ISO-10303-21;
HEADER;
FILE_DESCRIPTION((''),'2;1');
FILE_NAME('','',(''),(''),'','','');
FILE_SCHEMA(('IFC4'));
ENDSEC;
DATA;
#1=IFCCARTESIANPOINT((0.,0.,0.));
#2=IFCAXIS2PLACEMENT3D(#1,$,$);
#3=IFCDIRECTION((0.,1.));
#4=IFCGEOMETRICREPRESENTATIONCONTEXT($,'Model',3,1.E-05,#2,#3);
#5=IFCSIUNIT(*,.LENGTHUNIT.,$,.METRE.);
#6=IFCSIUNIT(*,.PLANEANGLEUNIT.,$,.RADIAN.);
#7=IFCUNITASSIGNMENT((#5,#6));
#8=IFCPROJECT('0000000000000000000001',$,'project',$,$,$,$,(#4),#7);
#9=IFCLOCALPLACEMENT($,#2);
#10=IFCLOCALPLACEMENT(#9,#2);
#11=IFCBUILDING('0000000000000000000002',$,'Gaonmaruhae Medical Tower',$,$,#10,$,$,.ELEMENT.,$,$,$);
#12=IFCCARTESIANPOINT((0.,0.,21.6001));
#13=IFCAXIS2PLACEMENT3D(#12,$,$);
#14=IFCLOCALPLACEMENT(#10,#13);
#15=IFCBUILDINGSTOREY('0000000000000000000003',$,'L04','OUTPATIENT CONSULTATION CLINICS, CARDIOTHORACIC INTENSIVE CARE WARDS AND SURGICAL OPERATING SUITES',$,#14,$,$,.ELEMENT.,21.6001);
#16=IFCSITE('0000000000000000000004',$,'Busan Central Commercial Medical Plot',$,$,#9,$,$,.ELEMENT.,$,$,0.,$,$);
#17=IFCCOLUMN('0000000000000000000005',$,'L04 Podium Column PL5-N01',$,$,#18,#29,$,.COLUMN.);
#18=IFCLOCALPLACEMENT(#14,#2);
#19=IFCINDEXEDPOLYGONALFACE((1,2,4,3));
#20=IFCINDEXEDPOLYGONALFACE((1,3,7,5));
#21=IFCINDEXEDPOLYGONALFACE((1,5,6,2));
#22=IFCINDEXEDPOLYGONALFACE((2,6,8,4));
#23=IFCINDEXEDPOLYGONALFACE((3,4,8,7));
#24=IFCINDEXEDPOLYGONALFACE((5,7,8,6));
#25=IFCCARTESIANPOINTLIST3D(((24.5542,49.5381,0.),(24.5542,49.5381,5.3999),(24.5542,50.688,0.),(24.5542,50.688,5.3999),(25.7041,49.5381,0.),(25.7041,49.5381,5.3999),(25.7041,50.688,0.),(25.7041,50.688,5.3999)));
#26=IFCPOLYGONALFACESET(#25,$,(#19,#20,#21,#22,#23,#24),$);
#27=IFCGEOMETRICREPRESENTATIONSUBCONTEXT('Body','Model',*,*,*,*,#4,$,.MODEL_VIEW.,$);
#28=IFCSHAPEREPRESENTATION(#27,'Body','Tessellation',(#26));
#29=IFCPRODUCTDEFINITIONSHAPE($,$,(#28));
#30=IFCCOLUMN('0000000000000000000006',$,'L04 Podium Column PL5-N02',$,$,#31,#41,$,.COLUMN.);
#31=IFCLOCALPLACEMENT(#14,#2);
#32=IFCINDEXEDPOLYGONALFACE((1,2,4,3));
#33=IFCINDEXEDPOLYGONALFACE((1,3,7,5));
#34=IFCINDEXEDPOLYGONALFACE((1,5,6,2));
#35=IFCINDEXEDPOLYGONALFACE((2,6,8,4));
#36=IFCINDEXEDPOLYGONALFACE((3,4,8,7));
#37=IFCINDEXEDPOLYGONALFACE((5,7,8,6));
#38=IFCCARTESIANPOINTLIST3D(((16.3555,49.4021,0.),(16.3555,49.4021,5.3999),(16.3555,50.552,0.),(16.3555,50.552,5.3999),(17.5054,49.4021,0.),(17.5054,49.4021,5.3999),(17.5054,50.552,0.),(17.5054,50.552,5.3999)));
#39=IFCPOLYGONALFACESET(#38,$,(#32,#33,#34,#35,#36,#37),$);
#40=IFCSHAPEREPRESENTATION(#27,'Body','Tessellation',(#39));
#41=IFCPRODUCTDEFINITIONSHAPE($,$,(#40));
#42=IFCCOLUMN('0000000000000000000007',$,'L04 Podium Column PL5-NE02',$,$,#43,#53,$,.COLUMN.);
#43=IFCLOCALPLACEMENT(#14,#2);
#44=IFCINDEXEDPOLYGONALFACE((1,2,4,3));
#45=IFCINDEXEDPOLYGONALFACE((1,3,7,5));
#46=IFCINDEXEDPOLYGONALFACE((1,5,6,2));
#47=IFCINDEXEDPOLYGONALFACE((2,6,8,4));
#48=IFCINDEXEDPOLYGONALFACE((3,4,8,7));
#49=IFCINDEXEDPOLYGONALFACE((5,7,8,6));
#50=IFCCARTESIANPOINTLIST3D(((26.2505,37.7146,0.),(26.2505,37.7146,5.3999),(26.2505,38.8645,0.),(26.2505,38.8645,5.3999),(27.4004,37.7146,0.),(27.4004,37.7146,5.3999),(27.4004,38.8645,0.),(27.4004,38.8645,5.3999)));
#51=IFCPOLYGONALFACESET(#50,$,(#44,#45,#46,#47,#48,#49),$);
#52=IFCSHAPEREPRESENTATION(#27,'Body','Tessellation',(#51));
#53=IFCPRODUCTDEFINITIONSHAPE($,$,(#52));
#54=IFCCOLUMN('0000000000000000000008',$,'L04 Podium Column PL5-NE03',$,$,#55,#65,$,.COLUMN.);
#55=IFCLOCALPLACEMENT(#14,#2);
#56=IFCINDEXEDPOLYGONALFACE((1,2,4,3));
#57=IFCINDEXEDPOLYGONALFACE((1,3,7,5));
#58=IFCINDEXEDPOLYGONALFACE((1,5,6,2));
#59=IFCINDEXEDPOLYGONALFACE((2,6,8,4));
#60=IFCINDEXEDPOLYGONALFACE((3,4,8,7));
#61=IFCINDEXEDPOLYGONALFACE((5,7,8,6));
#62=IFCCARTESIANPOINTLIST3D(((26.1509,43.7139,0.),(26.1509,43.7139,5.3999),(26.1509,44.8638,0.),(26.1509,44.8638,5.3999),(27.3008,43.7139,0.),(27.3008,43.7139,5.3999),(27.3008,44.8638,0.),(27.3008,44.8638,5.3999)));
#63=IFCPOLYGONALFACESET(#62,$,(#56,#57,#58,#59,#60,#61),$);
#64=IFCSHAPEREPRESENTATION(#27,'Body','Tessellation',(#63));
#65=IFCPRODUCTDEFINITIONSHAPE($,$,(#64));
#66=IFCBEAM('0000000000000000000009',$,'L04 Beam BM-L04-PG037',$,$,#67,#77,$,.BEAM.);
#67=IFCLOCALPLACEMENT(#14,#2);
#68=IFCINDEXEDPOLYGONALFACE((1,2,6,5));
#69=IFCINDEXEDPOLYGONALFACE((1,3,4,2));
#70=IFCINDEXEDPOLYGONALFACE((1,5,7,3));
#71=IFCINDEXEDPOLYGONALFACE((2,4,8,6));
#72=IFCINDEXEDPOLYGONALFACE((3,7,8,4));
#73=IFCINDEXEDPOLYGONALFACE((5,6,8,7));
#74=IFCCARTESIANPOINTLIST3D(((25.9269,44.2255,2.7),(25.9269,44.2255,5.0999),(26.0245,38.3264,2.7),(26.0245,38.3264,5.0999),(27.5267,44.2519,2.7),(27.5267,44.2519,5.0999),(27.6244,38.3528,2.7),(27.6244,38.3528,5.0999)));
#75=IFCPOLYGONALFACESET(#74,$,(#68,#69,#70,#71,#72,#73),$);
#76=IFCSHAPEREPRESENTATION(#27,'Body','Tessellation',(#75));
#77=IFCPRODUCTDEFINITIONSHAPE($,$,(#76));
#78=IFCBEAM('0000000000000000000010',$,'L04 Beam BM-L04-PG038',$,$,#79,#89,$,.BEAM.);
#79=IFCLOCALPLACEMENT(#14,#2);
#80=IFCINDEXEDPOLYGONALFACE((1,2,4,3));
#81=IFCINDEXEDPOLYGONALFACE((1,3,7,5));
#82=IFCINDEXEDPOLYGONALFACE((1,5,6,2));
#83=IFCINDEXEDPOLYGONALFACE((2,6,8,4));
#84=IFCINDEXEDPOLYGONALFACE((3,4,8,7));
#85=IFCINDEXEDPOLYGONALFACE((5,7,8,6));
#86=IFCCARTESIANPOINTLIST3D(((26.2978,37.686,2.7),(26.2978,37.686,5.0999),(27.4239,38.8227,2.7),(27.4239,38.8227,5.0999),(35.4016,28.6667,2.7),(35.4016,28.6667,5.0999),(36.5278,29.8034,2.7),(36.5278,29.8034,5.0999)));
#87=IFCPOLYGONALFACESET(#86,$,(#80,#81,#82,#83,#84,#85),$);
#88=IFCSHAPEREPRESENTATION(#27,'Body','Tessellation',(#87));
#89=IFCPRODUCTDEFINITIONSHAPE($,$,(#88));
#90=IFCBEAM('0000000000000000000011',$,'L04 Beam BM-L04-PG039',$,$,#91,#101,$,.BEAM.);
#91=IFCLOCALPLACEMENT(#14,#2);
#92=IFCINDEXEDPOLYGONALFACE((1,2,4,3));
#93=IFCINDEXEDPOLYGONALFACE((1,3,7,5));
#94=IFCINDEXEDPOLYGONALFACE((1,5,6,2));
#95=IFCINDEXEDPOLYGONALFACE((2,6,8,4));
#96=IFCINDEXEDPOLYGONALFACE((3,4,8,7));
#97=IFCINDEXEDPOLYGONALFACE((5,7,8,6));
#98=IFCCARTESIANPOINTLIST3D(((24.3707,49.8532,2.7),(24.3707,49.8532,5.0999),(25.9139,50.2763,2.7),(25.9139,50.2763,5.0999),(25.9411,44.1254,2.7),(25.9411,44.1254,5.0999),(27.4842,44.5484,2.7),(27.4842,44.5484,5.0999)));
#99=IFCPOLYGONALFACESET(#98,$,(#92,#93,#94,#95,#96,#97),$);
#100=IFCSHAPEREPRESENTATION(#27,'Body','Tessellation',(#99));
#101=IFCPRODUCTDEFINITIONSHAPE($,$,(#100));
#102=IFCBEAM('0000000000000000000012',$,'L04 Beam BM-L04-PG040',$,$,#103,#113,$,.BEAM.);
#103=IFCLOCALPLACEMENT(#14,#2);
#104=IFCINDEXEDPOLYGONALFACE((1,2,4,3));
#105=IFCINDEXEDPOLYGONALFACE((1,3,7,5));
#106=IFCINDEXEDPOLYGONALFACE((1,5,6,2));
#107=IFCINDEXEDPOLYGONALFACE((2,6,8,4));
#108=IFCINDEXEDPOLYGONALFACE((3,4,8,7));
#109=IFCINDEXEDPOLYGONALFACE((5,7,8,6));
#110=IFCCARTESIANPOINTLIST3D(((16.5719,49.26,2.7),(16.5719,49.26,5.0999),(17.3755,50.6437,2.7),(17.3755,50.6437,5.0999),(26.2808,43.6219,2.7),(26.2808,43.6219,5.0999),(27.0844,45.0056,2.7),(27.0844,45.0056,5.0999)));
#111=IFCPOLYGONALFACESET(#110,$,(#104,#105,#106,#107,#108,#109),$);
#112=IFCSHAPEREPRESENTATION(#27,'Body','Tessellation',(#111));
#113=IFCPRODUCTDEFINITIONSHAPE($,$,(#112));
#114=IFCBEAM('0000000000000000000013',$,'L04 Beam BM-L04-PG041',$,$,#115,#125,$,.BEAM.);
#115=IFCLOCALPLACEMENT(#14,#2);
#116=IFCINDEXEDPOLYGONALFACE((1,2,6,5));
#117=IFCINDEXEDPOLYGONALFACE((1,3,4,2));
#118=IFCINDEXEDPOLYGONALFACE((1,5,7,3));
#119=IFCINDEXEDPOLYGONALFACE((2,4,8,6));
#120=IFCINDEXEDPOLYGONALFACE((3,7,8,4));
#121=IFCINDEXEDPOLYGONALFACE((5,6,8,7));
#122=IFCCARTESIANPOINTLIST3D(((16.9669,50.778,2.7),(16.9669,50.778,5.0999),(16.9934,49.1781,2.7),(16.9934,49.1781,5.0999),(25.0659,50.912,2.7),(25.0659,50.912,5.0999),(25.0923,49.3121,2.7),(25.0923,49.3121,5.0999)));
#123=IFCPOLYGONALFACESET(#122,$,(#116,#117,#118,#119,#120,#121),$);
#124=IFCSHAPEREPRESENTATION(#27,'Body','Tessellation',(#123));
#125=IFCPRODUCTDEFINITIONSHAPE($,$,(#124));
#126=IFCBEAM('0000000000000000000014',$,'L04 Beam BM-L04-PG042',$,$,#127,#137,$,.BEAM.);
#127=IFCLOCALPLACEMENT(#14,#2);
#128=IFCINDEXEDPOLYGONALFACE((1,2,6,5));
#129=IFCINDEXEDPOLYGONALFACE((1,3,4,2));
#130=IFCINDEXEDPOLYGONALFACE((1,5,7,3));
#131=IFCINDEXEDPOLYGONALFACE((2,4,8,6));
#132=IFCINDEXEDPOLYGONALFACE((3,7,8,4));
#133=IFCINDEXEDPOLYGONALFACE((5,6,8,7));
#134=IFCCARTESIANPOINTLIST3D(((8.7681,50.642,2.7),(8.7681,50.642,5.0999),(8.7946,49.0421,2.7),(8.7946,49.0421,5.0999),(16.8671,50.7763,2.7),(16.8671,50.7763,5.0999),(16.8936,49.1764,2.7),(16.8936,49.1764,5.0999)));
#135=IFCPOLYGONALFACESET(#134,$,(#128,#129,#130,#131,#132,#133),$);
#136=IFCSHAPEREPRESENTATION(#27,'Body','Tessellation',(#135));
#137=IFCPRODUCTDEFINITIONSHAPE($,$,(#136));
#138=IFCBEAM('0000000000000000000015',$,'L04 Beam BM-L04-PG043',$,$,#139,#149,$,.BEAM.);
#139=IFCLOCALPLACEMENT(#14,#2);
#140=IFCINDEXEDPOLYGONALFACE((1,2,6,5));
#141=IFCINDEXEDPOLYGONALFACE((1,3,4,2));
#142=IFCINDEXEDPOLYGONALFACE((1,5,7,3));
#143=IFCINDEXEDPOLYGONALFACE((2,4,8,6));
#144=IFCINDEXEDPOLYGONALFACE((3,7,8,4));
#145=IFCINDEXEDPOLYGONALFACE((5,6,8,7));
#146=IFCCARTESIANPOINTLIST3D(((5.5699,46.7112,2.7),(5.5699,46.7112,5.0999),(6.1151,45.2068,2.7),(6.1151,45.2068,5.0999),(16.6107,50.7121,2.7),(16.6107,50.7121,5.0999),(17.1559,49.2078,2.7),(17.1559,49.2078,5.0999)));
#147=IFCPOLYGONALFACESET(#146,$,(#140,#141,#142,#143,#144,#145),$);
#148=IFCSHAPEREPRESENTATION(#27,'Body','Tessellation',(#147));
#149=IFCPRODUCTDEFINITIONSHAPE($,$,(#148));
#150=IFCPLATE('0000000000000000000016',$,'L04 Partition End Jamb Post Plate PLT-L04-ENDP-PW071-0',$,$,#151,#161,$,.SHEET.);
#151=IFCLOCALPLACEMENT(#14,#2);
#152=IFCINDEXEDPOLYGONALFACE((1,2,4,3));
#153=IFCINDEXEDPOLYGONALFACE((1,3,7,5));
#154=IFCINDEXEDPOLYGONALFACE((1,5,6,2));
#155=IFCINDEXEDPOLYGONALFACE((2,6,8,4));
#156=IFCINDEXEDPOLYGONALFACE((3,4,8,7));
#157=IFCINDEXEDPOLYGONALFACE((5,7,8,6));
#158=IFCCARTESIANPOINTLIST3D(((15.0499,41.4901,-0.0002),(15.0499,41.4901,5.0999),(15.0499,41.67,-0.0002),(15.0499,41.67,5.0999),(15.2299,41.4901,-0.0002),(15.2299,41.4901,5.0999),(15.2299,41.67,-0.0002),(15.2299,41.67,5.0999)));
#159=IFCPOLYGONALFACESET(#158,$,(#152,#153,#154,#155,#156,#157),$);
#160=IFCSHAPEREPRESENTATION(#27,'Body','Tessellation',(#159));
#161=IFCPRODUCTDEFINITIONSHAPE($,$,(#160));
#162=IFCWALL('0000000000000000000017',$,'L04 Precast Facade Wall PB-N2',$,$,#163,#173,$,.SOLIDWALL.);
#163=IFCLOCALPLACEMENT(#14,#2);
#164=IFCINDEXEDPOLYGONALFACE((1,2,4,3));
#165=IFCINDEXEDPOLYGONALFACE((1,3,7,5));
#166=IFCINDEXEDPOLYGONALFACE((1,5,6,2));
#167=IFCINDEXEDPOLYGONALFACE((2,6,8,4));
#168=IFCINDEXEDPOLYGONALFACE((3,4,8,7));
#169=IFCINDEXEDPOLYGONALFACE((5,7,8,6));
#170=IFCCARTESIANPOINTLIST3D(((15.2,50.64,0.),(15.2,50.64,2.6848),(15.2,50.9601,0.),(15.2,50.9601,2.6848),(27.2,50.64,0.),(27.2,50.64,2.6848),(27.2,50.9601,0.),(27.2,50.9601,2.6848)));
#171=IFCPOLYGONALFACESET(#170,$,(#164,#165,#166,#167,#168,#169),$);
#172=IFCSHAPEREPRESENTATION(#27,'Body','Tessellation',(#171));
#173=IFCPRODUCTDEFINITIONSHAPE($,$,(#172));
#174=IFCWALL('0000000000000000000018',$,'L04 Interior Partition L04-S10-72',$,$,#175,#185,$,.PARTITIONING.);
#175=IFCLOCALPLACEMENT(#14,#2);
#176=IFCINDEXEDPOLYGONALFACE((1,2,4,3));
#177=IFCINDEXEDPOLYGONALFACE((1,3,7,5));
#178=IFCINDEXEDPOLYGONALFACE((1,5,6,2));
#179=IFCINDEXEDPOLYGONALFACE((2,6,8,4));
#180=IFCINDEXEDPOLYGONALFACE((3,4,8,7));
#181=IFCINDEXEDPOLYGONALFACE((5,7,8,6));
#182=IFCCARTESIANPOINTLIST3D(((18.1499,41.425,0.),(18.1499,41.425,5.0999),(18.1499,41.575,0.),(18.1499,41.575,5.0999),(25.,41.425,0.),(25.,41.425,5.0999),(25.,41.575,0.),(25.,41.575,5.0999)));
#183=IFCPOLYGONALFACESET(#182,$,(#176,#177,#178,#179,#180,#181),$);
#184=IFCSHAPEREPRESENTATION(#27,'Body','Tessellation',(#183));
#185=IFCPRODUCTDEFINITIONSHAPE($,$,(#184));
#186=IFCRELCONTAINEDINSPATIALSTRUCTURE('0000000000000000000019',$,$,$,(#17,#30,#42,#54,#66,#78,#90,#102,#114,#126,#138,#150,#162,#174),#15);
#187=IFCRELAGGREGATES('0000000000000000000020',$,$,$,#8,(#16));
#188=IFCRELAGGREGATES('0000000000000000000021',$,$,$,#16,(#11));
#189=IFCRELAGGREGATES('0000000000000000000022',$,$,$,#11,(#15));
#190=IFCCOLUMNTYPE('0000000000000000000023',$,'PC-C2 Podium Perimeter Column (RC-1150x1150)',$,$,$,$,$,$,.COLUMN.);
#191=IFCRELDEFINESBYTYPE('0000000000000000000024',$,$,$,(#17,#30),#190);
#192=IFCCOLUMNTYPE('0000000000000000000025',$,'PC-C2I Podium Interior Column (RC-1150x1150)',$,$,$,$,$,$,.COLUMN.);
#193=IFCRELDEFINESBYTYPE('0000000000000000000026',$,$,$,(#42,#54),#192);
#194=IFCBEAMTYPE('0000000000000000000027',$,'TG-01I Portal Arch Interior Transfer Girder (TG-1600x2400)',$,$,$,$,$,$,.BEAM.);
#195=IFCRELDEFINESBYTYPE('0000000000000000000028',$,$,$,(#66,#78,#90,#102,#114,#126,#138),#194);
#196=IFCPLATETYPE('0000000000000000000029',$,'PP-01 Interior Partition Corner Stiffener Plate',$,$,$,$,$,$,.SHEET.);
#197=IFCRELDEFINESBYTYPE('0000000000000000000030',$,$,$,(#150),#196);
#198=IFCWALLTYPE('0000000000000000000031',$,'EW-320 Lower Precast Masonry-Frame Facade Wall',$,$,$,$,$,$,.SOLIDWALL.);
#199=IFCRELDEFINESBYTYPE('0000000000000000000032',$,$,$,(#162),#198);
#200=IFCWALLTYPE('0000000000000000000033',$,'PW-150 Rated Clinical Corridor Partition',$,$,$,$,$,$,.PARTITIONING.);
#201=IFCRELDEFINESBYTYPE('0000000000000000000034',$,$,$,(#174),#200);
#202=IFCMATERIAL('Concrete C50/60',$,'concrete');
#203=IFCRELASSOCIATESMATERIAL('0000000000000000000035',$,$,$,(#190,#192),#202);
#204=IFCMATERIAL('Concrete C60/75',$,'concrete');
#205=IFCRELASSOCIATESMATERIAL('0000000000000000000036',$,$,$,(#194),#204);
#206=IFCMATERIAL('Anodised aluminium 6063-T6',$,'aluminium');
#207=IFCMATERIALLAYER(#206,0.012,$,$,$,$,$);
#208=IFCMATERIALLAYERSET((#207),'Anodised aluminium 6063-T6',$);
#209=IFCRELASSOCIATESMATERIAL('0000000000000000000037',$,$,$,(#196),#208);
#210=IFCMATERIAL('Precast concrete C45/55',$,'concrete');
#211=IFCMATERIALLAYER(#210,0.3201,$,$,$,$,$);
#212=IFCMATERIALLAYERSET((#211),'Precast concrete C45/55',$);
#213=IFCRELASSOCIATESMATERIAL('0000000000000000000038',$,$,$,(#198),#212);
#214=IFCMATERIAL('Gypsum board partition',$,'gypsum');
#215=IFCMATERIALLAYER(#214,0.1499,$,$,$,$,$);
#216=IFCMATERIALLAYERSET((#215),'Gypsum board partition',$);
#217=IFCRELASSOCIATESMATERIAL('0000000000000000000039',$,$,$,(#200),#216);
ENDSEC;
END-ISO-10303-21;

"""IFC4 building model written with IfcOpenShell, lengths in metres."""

from ifc_helpers import new_model, si_unit, direction, frame, frame_2d, origin, origin_2d, place, context, subcontext, project, spatial, rectangle, extrude, material, layer, layer_set, material_profile, profile_set, type_object, element, save


model = new_model("IFC4")

# Units and contexts
model_context = context("Model", 3, precision=1e-05, world=origin(), true_north=direction((0.0, 1.0)))
body_context = subcontext(model_context, "Body", "Model", "MODEL_VIEW")
ifc_project = project(units=[si_unit("LENGTHUNIT", "METRE"), si_unit("PLANEANGLEUNIT", "RADIAN")], contexts=[model_context])

# Site, building, storey
site_placement = place(None, origin())
site = spatial("IfcSite", under=ifc_project, at=site_placement, Name="Busan Central Commercial Medical Plot", CompositionType="ELEMENT", RefElevation=0.0)
building_placement = place(site_placement, origin())
building = spatial("IfcBuilding", under=site, at=building_placement, Name="Gaonmaruhae Medical Tower", CompositionType="ELEMENT")
storey_placement = place(building_placement, frame((0.0, 0.0, 21.6001)))
storey = spatial("IfcBuildingStorey", under=building, at=storey_placement, Name="L04", Description="OUTPATIENT CONSULTATION CLINICS, CARDIOTHORACIC INTENSIVE CARE WARDS AND SURGICAL OPERATING SUITES", CompositionType="ELEMENT", Elevation=21.6001)

# Columns
ifc_material_1 = material(Name="Concrete C50/60", Category="concrete")
ifc_material_profile_1 = material_profile(ifc_material_1, rectangle(XDim=1.1499, YDim=1.1499, at=origin_2d()), Name="RC-1150x1150")
ifc_profile_set_1 = profile_set([ifc_material_profile_1], Name="Concrete C50/60")
column_type_1 = type_object("IfcColumnType", Name="PC-C2 Podium Perimeter Column (RC-1150x1150)", PredefinedType="COLUMN", material=ifc_profile_set_1)
for number, where, z_axis, x_axis, name in (
    (1, (25.1292, 50.113, 0.0), (0.0, 0.0, 1.0), (1.0, 0.0, 0.0), "L04 Podium Column PL5-N01"),
    (2, (16.9304, 49.9771, 0.0), (0.0, 0.0, 1.0), (1.0, 0.0, 0.0), "L04 Podium Column PL5-N02"),
):
    element("IfcColumn", number, at=place(storey_placement, frame(where, z_axis=z_axis, x_axis=x_axis)), inside=storey, type_object=column_type_1, Name=name, PredefinedType="COLUMN", context=body_context, shape_type="SweptSolid", body=[
        extrude(rectangle(XDim=1.1499, YDim=1.1499, at=origin_2d()), origin(), (0.0, 0.0, 1.0), 5.3999),
    ])
ifc_material_profile_2 = material_profile(ifc_material_1, rectangle(XDim=1.1499, YDim=1.1499, at=origin_2d()), Name="RC-1150x1150")
ifc_profile_set_2 = profile_set([ifc_material_profile_2], Name="Concrete C50/60")
column_type_2 = type_object("IfcColumnType", Name="PC-C2I Podium Interior Column (RC-1150x1150)", PredefinedType="COLUMN", material=ifc_profile_set_2)
for number, where, z_axis, x_axis, name in (
    (3, (26.8254, 38.2896, 0.0), (0.0, 0.0, 1.0), (1.0, 0.0, 0.0), "L04 Podium Column PL5-NE02"),
    (4, (26.7258, 44.2888, 0.0), (0.0, 0.0, 1.0), (1.0, 0.0, 0.0), "L04 Podium Column PL5-NE03"),
):
    element("IfcColumn", number, at=place(storey_placement, frame(where, z_axis=z_axis, x_axis=x_axis)), inside=storey, type_object=column_type_2, Name=name, PredefinedType="COLUMN", context=body_context, shape_type="SweptSolid", body=[
        extrude(rectangle(XDim=1.1499, YDim=1.1499, at=origin_2d()), origin(), (0.0, 0.0, 1.0), 5.3999),
    ])

# Beams
ifc_material_2 = material(Name="Concrete C60/75", Category="concrete")
ifc_material_profile_3 = material_profile(ifc_material_2, rectangle(XDim=1.6001, YDim=2.3999, at=origin_2d()), Name="TG-1600x2400")
ifc_profile_set_3 = profile_set([ifc_material_profile_3], Name="Concrete C60/75")
beam_type = type_object("IfcBeamType", Name="TG-01I Portal Arch Interior Transfer Girder (TG-1600x2400)", PredefinedType="BEAM", material=ifc_profile_set_3)
beam_1_placement = place(storey_placement, frame((26.8245, 38.3396, 3.8999), z_axis=(-0.016552, 0.999863, 0.0), x_axis=(-0.999863, -0.016552, 0.0)))
element("IfcBeam", 5, at=beam_1_placement, inside=storey, type_object=beam_type, Name="L04 Beam BM-L04-PG037", PredefinedType="BEAM", context=body_context, shape_type="SweptSolid", body=[
    extrude(rectangle(XDim=1.6001, YDim=2.3999, at=origin_2d()), origin(), (0.0, 0.0, 1.0), 5.8999),
])
beam_2_placement = place(storey_placement, frame((26.8608, 38.2544, 3.8999), z_axis=(0.710395, -0.703803, 0.0), x_axis=(0.703803, 0.710395, 0.0)))
element("IfcBeam", 6, at=beam_2_placement, inside=storey, type_object=beam_type, Name="L04 Beam BM-L04-PG038", PredefinedType="BEAM", context=body_context, shape_type="SweptSolid", body=[
    extrude(rectangle(XDim=1.6001, YDim=2.3999, at=origin_2d()), origin(), (0.0, 0.0, 1.0), 12.8152),
])
beam_3_placement = place(storey_placement, frame((26.7126, 44.3369, 3.8999), z_axis=(-0.264401, 0.964413, 0.0), x_axis=(-0.964413, -0.264401, 0.0)))
element("IfcBeam", 7, at=beam_3_placement, inside=storey, type_object=beam_type, Name="L04 Beam BM-L04-PG039", PredefinedType="BEAM", context=body_context, shape_type="SweptSolid", body=[
    extrude(rectangle(XDim=1.6001, YDim=2.3999, at=origin_2d()), origin(), (0.0, 0.0, 1.0), 5.9392),
])
beam_4_placement = place(storey_placement, frame((26.6826, 44.3137, 3.8999), z_axis=(-0.864762, 0.502183, 0.0), x_axis=(-0.502183, -0.864762, 0.0)))
element("IfcBeam", 8, at=beam_4_placement, inside=storey, type_object=beam_type, Name="L04 Beam BM-L04-PG040", PredefinedType="BEAM", context=body_context, shape_type="SweptSolid", body=[
    extrude(rectangle(XDim=1.6001, YDim=2.3999, at=origin_2d()), origin(), (0.0, 0.0, 1.0), 11.2273),
])
for number, where, z_axis, x_axis, name in (
    (9, (25.0791, 50.1121, 3.8999), (-0.999863, -0.016547, 0.0), (0.016547, -0.999863, 0.0), "L04 Beam BM-L04-PG041"),
    (10, (16.8804, 49.9763, 3.8999), (-0.999863, -0.016577, 0.0), (0.016577, -0.999863, 0.0), "L04 Beam BM-L04-PG042"),
):
    element("IfcBeam", number, at=place(storey_placement, frame(where, z_axis=z_axis, x_axis=x_axis)), inside=storey, type_object=beam_type, Name=name, PredefinedType="BEAM", context=body_context, shape_type="SweptSolid", body=[
        extrude(rectangle(XDim=1.6001, YDim=2.3999, at=origin_2d()), origin(), (0.0, 0.0, 1.0), 8.1001),
    ])
beam_5_placement = place(storey_placement, frame((16.8833, 49.96, 3.8999), z_axis=(-0.940172, -0.340701, 0.0), x_axis=(0.340701, -0.940172, 0.0)))
element("IfcBeam", 11, at=beam_5_placement, inside=storey, type_object=beam_type, Name="L04 Beam BM-L04-PG043", PredefinedType="BEAM", context=body_context, shape_type="SweptSolid", body=[
    extrude(rectangle(XDim=1.6001, YDim=2.3999, at=origin_2d()), origin(), (0.0, 0.0, 1.0), 11.7434),
])

# Plate
ifc_material_3 = material(Name="Anodised aluminium 6063-T6", Category="aluminium")
ifc_layer_1 = layer(ifc_material_3, 0.012)
ifc_layer_set_1 = layer_set([ifc_layer_1], Name="Anodised aluminium 6063-T6")
plate_type = type_object("IfcPlateType", Name="PP-01 Interior Partition Corner Stiffener Plate", PredefinedType="SHEET", material=ifc_layer_set_1)
plate_placement = place(storey_placement, frame((15.1399, 41.5801, -0.0002), z_axis=(0.0, 0.0, 1.0), x_axis=(0.0, -1.0, 0.0)))
element("IfcPlate", 12, at=plate_placement, inside=storey, type_object=plate_type, Name="L04 Partition End Jamb Post Plate PLT-L04-ENDP-PW071-0", PredefinedType="SHEET", context=body_context, shape_type="SweptSolid", body=[
    extrude(rectangle(XDim=0.1799, YDim=0.1799, at=origin_2d()), origin(), (0.0, 0.0, 1.0), 5.1001),
])

# Walls
ifc_material_4 = material(Name="Precast concrete C45/55", Category="concrete")
ifc_layer_2 = layer(ifc_material_4, 0.3201)
ifc_layer_set_2 = layer_set([ifc_layer_2], Name="Precast concrete C45/55")
wall_type_1 = type_object("IfcWallType", Name="EW-320 Lower Precast Masonry-Frame Facade Wall", PredefinedType="SOLIDWALL", material=ifc_layer_set_2)
wall_1_placement = place(storey_placement, frame((15.2, 50.8, 0.0), z_axis=(0.0, 0.0, 1.0), x_axis=(1.0, 0.0, 0.0)))
element("IfcWall", 13, at=wall_1_placement, inside=storey, type_object=wall_type_1, Name="L04 Precast Facade Wall PB-N2", PredefinedType="SOLIDWALL", context=body_context, shape_type="SweptSolid", body=[
    extrude(rectangle(XDim=12.0, YDim=0.3201, at=frame_2d((6.0, 0.0))), origin(), (0.0, 0.0, 1.0), 2.6848),
])
ifc_material_5 = material(Name="Gypsum board partition", Category="gypsum")
ifc_layer_3 = layer(ifc_material_5, 0.1499)
ifc_layer_set_3 = layer_set([ifc_layer_3], Name="Gypsum board partition")
wall_type_2 = type_object("IfcWallType", Name="PW-150 Rated Clinical Corridor Partition", PredefinedType="PARTITIONING", material=ifc_layer_set_3)
wall_2_placement = place(storey_placement, frame((18.1499, 41.5, 0.0), z_axis=(0.0, 0.0, 1.0), x_axis=(1.0, 0.0, 0.0)))
element("IfcWall", 14, at=wall_2_placement, inside=storey, type_object=wall_type_2, Name="L04 Interior Partition L04-S10-72", PredefinedType="PARTITIONING", context=body_context, shape_type="SweptSolid", body=[
    extrude(rectangle(XDim=6.8501, YDim=0.1499, at=frame_2d((3.425, 0.0))), origin(), (0.0, 0.0, 1.0), 5.0999),
])

save(model, "model.ifc")
